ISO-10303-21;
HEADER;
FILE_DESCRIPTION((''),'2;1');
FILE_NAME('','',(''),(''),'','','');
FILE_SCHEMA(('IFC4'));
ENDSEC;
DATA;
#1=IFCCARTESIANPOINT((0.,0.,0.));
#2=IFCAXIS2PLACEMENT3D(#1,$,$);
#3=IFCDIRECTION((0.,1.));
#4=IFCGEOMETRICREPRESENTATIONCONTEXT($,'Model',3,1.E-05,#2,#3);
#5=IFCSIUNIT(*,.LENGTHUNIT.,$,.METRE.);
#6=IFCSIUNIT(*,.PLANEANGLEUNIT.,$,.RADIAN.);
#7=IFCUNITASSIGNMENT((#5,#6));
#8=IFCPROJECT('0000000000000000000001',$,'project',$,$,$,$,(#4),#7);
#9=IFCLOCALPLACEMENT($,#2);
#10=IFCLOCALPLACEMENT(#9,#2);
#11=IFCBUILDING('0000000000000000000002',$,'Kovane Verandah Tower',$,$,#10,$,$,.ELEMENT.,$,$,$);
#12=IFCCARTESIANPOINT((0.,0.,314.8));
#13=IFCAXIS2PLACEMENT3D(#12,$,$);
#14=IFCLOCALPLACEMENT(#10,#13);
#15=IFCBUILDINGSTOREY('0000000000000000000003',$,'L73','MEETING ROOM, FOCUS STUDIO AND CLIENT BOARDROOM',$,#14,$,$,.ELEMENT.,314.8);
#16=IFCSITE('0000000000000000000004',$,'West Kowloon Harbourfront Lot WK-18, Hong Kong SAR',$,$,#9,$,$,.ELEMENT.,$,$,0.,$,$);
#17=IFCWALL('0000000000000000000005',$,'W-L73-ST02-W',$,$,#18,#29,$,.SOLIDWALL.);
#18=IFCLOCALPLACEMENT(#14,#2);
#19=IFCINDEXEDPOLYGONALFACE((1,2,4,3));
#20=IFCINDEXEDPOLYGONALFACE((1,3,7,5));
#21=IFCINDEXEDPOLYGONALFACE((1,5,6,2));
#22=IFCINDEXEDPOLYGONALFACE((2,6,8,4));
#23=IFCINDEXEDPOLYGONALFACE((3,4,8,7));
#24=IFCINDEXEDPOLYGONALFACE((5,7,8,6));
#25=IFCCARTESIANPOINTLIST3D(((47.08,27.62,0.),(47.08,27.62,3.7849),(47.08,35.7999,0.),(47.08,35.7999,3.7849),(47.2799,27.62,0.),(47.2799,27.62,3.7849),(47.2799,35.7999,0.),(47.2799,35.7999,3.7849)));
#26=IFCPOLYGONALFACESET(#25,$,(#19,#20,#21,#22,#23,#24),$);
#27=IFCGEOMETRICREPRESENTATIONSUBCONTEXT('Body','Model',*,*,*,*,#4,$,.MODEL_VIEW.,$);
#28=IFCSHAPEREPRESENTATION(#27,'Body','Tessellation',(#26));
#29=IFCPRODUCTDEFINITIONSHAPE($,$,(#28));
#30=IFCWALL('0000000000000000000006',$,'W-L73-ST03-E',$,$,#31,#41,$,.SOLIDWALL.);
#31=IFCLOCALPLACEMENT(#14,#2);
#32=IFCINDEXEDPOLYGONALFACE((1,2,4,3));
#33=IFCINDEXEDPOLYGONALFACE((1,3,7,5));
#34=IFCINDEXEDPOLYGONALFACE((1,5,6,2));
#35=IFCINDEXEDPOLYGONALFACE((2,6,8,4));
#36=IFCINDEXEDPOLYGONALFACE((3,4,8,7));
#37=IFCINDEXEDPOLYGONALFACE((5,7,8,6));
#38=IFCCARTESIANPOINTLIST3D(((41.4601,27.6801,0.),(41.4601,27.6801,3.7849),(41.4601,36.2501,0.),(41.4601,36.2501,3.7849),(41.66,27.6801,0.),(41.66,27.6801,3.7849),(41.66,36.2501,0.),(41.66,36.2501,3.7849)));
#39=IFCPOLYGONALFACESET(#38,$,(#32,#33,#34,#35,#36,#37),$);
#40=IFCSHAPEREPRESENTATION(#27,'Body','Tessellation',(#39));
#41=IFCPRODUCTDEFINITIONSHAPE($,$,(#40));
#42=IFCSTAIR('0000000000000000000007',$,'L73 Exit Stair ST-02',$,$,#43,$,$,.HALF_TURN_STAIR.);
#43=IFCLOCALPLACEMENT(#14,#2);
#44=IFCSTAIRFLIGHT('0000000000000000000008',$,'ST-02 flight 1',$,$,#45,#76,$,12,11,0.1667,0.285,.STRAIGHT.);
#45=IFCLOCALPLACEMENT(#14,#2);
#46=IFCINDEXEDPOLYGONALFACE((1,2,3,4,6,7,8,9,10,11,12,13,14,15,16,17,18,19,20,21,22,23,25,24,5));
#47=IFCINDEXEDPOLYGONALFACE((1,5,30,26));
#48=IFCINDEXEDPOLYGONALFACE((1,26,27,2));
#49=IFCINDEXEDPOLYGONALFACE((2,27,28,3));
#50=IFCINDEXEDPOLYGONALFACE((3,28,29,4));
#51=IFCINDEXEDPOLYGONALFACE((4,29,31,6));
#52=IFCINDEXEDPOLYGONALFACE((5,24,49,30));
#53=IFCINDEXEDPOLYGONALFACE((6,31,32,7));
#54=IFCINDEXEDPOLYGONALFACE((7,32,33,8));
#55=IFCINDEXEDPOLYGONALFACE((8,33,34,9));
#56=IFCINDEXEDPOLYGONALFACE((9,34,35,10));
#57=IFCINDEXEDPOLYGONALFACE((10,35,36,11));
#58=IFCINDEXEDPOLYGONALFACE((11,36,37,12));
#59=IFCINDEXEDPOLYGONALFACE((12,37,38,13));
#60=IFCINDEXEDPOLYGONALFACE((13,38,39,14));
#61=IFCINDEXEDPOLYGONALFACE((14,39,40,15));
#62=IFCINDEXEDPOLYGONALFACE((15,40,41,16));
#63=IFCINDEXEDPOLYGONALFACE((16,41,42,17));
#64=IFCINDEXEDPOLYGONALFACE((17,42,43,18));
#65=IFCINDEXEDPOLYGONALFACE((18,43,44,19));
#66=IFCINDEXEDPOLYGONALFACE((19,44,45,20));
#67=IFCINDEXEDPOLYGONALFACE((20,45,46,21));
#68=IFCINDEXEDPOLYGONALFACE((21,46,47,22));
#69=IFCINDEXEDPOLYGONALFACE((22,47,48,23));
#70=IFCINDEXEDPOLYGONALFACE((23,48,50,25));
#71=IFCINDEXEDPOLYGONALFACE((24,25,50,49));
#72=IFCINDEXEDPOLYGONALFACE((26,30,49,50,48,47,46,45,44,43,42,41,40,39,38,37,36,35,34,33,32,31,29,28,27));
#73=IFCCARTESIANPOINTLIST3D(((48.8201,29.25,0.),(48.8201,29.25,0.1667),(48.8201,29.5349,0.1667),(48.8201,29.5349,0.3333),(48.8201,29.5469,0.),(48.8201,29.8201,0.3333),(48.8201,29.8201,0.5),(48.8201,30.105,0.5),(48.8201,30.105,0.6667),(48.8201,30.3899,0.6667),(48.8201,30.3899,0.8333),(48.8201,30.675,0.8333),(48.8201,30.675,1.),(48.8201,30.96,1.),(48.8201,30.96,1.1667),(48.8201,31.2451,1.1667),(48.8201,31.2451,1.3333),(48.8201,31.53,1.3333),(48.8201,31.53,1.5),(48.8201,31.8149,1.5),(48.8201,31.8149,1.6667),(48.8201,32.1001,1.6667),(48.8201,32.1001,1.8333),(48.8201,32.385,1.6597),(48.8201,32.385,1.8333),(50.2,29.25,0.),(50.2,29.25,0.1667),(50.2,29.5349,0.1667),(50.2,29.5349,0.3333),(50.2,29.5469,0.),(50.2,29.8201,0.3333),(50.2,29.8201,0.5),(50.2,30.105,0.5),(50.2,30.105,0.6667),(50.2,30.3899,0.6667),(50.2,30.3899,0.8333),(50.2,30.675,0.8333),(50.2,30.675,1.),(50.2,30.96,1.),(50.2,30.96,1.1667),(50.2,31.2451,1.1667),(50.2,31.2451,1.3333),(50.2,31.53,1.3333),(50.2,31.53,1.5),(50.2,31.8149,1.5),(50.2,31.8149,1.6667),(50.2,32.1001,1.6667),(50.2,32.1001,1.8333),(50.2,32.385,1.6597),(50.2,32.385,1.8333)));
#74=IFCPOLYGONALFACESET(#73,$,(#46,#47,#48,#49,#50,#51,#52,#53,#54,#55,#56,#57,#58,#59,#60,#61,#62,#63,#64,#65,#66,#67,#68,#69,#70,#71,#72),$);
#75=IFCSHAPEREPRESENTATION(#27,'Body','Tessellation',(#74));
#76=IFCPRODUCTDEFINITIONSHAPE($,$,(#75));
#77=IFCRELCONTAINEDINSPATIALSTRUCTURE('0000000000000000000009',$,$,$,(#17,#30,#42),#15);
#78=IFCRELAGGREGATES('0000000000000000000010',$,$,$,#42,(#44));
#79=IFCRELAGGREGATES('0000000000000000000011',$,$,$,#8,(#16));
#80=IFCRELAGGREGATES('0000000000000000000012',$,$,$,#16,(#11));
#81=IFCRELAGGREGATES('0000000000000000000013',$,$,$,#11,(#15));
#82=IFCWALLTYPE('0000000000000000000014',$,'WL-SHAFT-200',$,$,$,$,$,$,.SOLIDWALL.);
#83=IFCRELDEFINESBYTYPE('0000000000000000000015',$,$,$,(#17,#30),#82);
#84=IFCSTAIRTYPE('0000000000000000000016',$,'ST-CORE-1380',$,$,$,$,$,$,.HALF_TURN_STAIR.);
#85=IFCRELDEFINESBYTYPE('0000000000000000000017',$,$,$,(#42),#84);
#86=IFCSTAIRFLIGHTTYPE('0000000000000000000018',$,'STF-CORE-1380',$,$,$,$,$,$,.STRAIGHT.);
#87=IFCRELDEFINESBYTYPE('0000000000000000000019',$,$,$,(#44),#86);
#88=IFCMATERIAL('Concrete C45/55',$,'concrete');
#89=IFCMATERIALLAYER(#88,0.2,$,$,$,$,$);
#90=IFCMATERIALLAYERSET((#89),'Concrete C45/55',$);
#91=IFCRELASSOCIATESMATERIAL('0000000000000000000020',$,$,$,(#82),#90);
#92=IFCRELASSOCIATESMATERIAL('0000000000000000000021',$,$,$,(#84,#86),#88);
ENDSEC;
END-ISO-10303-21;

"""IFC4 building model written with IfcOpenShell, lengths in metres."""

from ifc_helpers import new_model, si_unit, direction, frame, frame_2d, origin, place, context, subcontext, project, spatial, polyline, rectangle, outline, extrude, material, layer, layer_set, type_object, element, aggregate, save


model = new_model("IFC4")

# Units and contexts
model_context = context("Model", 3, precision=1e-05, world=origin(), true_north=direction((0.0, 1.0)))
body_context = subcontext(model_context, "Body", "Model", "MODEL_VIEW")
ifc_project = project(units=[si_unit("LENGTHUNIT", "METRE"), si_unit("PLANEANGLEUNIT", "RADIAN")], contexts=[model_context])

# Site, building, storey
site_placement = place(None, origin())
site = spatial("IfcSite", under=ifc_project, at=site_placement, Name="West Kowloon Harbourfront Lot WK-18, Hong Kong SAR", CompositionType="ELEMENT", RefElevation=0.0)
building_placement = place(site_placement, origin())
building = spatial("IfcBuilding", under=site, at=building_placement, Name="Kovane Verandah Tower", CompositionType="ELEMENT")
storey_placement = place(building_placement, frame((0.0, 0.0, 314.8)))
storey = spatial("IfcBuildingStorey", under=building, at=storey_placement, Name="L73", Description="MEETING ROOM, FOCUS STUDIO AND CLIENT BOARDROOM", CompositionType="ELEMENT", Elevation=314.8)

# Wall
ifc_material_1 = material(Name="Concrete C45/55", Category="concrete")
ifc_layer_1 = layer(ifc_material_1, 0.2)
ifc_layer_set_1 = layer_set([ifc_layer_1], Name="Concrete C45/55")
wall_type_1 = type_object("IfcWallType", Name="WL-SHAFT-200", PredefinedType="SOLIDWALL", material=ifc_layer_set_1)
wall_1_placement = place(storey_placement, frame((47.1799, 27.6201, 0.0), z_axis=(0.0, 0.0, 1.0), x_axis=(0.0, 1.0, 0.0)))
element("IfcWall", 1, at=wall_1_placement, inside=storey, type_object=wall_type_1, Name="W-L73-ST02-W", PredefinedType="SOLIDWALL", context=body_context, shape_type="SweptSolid", body=[
    extrude(rectangle(XDim=8.1799, YDim=0.2, at=frame_2d((4.0898, 0.0))), origin(), (0.0, 0.0, 1.0), 3.7849),
])

# Wall
wall_2_placement = place(storey_placement, frame((41.5601, 27.6799, 0.0), z_axis=(0.0, 0.0, 1.0), x_axis=(0.0, 1.0, 0.0)))
element("IfcWall", 2, at=wall_2_placement, inside=storey, type_object=wall_type_1, Name="W-L73-ST03-E", PredefinedType="SOLIDWALL", context=body_context, shape_type="SweptSolid", body=[
    extrude(rectangle(XDim=8.5701, YDim=0.2, at=frame_2d((4.2852, 0.0))), origin(), (0.0, 0.0, 1.0), 3.7849),
])

# Stair, stair flight
stair_type = type_object("IfcStairType", Name="ST-CORE-1380", PredefinedType="HALF_TURN_STAIR", material=ifc_material_1)
stair_placement = place(storey_placement, origin())
stair = element("IfcStair", 3, at=stair_placement, inside=storey, type_object=stair_type, Name="L73 Exit Stair ST-02", PredefinedType="HALF_TURN_STAIR")
stair_flight_type = type_object("IfcStairFlightType", Name="STF-CORE-1380", PredefinedType="STRAIGHT", material=ifc_material_1)
stair_flight_placement = place(storey_placement, frame((49.51, 29.25, 0.0), z_axis=(0.0, 0.0, 1.0), x_axis=(0.0, 1.0, 0.0)))
stair_flight = element("IfcStairFlight", 4, at=stair_flight_placement, type_object=stair_flight_type, Name="ST-02 flight 1", NumberOfRisers=12, NumberOfTreads=11, PredefinedType="STRAIGHT", RiserHeight=0.1667, TreadLength=0.285, context=body_context, shape_type="SweptSolid", body=[
    extrude(outline(polyline([(0.0, 0.0), (0.0, 0.1667), (0.2849, 0.1667), (0.2849, 0.3333), (0.5701, 0.3333), (0.5701, 0.5), (0.855, 0.5), (0.855, 0.6667), (1.1399, 0.6667), (1.1399, 0.8333), (1.425, 0.8333), (1.425, 1.0), (1.71, 1.0), (1.71, 1.1667), (1.9951, 1.1667), (1.9951, 1.3333), (2.28, 1.3333), (2.28, 1.5), (2.5649, 1.5), (2.5649, 1.6667), (2.8501, 1.6667), (2.8501, 1.8333), (3.135, 1.8333), (3.135, 2.0), (3.135, 1.6597), (0.2969, 0.0), (0.0, 0.0)])), frame((0.0, 0.6899, 0.0), z_axis=(0.0, -1.0, 0.0), x_axis=(1.0, 0.0, 0.0)), (0.0, 0.0, 1.0), 1.3799),
])
aggregate(stair, [stair_flight])

save(model, "model.ifc")
